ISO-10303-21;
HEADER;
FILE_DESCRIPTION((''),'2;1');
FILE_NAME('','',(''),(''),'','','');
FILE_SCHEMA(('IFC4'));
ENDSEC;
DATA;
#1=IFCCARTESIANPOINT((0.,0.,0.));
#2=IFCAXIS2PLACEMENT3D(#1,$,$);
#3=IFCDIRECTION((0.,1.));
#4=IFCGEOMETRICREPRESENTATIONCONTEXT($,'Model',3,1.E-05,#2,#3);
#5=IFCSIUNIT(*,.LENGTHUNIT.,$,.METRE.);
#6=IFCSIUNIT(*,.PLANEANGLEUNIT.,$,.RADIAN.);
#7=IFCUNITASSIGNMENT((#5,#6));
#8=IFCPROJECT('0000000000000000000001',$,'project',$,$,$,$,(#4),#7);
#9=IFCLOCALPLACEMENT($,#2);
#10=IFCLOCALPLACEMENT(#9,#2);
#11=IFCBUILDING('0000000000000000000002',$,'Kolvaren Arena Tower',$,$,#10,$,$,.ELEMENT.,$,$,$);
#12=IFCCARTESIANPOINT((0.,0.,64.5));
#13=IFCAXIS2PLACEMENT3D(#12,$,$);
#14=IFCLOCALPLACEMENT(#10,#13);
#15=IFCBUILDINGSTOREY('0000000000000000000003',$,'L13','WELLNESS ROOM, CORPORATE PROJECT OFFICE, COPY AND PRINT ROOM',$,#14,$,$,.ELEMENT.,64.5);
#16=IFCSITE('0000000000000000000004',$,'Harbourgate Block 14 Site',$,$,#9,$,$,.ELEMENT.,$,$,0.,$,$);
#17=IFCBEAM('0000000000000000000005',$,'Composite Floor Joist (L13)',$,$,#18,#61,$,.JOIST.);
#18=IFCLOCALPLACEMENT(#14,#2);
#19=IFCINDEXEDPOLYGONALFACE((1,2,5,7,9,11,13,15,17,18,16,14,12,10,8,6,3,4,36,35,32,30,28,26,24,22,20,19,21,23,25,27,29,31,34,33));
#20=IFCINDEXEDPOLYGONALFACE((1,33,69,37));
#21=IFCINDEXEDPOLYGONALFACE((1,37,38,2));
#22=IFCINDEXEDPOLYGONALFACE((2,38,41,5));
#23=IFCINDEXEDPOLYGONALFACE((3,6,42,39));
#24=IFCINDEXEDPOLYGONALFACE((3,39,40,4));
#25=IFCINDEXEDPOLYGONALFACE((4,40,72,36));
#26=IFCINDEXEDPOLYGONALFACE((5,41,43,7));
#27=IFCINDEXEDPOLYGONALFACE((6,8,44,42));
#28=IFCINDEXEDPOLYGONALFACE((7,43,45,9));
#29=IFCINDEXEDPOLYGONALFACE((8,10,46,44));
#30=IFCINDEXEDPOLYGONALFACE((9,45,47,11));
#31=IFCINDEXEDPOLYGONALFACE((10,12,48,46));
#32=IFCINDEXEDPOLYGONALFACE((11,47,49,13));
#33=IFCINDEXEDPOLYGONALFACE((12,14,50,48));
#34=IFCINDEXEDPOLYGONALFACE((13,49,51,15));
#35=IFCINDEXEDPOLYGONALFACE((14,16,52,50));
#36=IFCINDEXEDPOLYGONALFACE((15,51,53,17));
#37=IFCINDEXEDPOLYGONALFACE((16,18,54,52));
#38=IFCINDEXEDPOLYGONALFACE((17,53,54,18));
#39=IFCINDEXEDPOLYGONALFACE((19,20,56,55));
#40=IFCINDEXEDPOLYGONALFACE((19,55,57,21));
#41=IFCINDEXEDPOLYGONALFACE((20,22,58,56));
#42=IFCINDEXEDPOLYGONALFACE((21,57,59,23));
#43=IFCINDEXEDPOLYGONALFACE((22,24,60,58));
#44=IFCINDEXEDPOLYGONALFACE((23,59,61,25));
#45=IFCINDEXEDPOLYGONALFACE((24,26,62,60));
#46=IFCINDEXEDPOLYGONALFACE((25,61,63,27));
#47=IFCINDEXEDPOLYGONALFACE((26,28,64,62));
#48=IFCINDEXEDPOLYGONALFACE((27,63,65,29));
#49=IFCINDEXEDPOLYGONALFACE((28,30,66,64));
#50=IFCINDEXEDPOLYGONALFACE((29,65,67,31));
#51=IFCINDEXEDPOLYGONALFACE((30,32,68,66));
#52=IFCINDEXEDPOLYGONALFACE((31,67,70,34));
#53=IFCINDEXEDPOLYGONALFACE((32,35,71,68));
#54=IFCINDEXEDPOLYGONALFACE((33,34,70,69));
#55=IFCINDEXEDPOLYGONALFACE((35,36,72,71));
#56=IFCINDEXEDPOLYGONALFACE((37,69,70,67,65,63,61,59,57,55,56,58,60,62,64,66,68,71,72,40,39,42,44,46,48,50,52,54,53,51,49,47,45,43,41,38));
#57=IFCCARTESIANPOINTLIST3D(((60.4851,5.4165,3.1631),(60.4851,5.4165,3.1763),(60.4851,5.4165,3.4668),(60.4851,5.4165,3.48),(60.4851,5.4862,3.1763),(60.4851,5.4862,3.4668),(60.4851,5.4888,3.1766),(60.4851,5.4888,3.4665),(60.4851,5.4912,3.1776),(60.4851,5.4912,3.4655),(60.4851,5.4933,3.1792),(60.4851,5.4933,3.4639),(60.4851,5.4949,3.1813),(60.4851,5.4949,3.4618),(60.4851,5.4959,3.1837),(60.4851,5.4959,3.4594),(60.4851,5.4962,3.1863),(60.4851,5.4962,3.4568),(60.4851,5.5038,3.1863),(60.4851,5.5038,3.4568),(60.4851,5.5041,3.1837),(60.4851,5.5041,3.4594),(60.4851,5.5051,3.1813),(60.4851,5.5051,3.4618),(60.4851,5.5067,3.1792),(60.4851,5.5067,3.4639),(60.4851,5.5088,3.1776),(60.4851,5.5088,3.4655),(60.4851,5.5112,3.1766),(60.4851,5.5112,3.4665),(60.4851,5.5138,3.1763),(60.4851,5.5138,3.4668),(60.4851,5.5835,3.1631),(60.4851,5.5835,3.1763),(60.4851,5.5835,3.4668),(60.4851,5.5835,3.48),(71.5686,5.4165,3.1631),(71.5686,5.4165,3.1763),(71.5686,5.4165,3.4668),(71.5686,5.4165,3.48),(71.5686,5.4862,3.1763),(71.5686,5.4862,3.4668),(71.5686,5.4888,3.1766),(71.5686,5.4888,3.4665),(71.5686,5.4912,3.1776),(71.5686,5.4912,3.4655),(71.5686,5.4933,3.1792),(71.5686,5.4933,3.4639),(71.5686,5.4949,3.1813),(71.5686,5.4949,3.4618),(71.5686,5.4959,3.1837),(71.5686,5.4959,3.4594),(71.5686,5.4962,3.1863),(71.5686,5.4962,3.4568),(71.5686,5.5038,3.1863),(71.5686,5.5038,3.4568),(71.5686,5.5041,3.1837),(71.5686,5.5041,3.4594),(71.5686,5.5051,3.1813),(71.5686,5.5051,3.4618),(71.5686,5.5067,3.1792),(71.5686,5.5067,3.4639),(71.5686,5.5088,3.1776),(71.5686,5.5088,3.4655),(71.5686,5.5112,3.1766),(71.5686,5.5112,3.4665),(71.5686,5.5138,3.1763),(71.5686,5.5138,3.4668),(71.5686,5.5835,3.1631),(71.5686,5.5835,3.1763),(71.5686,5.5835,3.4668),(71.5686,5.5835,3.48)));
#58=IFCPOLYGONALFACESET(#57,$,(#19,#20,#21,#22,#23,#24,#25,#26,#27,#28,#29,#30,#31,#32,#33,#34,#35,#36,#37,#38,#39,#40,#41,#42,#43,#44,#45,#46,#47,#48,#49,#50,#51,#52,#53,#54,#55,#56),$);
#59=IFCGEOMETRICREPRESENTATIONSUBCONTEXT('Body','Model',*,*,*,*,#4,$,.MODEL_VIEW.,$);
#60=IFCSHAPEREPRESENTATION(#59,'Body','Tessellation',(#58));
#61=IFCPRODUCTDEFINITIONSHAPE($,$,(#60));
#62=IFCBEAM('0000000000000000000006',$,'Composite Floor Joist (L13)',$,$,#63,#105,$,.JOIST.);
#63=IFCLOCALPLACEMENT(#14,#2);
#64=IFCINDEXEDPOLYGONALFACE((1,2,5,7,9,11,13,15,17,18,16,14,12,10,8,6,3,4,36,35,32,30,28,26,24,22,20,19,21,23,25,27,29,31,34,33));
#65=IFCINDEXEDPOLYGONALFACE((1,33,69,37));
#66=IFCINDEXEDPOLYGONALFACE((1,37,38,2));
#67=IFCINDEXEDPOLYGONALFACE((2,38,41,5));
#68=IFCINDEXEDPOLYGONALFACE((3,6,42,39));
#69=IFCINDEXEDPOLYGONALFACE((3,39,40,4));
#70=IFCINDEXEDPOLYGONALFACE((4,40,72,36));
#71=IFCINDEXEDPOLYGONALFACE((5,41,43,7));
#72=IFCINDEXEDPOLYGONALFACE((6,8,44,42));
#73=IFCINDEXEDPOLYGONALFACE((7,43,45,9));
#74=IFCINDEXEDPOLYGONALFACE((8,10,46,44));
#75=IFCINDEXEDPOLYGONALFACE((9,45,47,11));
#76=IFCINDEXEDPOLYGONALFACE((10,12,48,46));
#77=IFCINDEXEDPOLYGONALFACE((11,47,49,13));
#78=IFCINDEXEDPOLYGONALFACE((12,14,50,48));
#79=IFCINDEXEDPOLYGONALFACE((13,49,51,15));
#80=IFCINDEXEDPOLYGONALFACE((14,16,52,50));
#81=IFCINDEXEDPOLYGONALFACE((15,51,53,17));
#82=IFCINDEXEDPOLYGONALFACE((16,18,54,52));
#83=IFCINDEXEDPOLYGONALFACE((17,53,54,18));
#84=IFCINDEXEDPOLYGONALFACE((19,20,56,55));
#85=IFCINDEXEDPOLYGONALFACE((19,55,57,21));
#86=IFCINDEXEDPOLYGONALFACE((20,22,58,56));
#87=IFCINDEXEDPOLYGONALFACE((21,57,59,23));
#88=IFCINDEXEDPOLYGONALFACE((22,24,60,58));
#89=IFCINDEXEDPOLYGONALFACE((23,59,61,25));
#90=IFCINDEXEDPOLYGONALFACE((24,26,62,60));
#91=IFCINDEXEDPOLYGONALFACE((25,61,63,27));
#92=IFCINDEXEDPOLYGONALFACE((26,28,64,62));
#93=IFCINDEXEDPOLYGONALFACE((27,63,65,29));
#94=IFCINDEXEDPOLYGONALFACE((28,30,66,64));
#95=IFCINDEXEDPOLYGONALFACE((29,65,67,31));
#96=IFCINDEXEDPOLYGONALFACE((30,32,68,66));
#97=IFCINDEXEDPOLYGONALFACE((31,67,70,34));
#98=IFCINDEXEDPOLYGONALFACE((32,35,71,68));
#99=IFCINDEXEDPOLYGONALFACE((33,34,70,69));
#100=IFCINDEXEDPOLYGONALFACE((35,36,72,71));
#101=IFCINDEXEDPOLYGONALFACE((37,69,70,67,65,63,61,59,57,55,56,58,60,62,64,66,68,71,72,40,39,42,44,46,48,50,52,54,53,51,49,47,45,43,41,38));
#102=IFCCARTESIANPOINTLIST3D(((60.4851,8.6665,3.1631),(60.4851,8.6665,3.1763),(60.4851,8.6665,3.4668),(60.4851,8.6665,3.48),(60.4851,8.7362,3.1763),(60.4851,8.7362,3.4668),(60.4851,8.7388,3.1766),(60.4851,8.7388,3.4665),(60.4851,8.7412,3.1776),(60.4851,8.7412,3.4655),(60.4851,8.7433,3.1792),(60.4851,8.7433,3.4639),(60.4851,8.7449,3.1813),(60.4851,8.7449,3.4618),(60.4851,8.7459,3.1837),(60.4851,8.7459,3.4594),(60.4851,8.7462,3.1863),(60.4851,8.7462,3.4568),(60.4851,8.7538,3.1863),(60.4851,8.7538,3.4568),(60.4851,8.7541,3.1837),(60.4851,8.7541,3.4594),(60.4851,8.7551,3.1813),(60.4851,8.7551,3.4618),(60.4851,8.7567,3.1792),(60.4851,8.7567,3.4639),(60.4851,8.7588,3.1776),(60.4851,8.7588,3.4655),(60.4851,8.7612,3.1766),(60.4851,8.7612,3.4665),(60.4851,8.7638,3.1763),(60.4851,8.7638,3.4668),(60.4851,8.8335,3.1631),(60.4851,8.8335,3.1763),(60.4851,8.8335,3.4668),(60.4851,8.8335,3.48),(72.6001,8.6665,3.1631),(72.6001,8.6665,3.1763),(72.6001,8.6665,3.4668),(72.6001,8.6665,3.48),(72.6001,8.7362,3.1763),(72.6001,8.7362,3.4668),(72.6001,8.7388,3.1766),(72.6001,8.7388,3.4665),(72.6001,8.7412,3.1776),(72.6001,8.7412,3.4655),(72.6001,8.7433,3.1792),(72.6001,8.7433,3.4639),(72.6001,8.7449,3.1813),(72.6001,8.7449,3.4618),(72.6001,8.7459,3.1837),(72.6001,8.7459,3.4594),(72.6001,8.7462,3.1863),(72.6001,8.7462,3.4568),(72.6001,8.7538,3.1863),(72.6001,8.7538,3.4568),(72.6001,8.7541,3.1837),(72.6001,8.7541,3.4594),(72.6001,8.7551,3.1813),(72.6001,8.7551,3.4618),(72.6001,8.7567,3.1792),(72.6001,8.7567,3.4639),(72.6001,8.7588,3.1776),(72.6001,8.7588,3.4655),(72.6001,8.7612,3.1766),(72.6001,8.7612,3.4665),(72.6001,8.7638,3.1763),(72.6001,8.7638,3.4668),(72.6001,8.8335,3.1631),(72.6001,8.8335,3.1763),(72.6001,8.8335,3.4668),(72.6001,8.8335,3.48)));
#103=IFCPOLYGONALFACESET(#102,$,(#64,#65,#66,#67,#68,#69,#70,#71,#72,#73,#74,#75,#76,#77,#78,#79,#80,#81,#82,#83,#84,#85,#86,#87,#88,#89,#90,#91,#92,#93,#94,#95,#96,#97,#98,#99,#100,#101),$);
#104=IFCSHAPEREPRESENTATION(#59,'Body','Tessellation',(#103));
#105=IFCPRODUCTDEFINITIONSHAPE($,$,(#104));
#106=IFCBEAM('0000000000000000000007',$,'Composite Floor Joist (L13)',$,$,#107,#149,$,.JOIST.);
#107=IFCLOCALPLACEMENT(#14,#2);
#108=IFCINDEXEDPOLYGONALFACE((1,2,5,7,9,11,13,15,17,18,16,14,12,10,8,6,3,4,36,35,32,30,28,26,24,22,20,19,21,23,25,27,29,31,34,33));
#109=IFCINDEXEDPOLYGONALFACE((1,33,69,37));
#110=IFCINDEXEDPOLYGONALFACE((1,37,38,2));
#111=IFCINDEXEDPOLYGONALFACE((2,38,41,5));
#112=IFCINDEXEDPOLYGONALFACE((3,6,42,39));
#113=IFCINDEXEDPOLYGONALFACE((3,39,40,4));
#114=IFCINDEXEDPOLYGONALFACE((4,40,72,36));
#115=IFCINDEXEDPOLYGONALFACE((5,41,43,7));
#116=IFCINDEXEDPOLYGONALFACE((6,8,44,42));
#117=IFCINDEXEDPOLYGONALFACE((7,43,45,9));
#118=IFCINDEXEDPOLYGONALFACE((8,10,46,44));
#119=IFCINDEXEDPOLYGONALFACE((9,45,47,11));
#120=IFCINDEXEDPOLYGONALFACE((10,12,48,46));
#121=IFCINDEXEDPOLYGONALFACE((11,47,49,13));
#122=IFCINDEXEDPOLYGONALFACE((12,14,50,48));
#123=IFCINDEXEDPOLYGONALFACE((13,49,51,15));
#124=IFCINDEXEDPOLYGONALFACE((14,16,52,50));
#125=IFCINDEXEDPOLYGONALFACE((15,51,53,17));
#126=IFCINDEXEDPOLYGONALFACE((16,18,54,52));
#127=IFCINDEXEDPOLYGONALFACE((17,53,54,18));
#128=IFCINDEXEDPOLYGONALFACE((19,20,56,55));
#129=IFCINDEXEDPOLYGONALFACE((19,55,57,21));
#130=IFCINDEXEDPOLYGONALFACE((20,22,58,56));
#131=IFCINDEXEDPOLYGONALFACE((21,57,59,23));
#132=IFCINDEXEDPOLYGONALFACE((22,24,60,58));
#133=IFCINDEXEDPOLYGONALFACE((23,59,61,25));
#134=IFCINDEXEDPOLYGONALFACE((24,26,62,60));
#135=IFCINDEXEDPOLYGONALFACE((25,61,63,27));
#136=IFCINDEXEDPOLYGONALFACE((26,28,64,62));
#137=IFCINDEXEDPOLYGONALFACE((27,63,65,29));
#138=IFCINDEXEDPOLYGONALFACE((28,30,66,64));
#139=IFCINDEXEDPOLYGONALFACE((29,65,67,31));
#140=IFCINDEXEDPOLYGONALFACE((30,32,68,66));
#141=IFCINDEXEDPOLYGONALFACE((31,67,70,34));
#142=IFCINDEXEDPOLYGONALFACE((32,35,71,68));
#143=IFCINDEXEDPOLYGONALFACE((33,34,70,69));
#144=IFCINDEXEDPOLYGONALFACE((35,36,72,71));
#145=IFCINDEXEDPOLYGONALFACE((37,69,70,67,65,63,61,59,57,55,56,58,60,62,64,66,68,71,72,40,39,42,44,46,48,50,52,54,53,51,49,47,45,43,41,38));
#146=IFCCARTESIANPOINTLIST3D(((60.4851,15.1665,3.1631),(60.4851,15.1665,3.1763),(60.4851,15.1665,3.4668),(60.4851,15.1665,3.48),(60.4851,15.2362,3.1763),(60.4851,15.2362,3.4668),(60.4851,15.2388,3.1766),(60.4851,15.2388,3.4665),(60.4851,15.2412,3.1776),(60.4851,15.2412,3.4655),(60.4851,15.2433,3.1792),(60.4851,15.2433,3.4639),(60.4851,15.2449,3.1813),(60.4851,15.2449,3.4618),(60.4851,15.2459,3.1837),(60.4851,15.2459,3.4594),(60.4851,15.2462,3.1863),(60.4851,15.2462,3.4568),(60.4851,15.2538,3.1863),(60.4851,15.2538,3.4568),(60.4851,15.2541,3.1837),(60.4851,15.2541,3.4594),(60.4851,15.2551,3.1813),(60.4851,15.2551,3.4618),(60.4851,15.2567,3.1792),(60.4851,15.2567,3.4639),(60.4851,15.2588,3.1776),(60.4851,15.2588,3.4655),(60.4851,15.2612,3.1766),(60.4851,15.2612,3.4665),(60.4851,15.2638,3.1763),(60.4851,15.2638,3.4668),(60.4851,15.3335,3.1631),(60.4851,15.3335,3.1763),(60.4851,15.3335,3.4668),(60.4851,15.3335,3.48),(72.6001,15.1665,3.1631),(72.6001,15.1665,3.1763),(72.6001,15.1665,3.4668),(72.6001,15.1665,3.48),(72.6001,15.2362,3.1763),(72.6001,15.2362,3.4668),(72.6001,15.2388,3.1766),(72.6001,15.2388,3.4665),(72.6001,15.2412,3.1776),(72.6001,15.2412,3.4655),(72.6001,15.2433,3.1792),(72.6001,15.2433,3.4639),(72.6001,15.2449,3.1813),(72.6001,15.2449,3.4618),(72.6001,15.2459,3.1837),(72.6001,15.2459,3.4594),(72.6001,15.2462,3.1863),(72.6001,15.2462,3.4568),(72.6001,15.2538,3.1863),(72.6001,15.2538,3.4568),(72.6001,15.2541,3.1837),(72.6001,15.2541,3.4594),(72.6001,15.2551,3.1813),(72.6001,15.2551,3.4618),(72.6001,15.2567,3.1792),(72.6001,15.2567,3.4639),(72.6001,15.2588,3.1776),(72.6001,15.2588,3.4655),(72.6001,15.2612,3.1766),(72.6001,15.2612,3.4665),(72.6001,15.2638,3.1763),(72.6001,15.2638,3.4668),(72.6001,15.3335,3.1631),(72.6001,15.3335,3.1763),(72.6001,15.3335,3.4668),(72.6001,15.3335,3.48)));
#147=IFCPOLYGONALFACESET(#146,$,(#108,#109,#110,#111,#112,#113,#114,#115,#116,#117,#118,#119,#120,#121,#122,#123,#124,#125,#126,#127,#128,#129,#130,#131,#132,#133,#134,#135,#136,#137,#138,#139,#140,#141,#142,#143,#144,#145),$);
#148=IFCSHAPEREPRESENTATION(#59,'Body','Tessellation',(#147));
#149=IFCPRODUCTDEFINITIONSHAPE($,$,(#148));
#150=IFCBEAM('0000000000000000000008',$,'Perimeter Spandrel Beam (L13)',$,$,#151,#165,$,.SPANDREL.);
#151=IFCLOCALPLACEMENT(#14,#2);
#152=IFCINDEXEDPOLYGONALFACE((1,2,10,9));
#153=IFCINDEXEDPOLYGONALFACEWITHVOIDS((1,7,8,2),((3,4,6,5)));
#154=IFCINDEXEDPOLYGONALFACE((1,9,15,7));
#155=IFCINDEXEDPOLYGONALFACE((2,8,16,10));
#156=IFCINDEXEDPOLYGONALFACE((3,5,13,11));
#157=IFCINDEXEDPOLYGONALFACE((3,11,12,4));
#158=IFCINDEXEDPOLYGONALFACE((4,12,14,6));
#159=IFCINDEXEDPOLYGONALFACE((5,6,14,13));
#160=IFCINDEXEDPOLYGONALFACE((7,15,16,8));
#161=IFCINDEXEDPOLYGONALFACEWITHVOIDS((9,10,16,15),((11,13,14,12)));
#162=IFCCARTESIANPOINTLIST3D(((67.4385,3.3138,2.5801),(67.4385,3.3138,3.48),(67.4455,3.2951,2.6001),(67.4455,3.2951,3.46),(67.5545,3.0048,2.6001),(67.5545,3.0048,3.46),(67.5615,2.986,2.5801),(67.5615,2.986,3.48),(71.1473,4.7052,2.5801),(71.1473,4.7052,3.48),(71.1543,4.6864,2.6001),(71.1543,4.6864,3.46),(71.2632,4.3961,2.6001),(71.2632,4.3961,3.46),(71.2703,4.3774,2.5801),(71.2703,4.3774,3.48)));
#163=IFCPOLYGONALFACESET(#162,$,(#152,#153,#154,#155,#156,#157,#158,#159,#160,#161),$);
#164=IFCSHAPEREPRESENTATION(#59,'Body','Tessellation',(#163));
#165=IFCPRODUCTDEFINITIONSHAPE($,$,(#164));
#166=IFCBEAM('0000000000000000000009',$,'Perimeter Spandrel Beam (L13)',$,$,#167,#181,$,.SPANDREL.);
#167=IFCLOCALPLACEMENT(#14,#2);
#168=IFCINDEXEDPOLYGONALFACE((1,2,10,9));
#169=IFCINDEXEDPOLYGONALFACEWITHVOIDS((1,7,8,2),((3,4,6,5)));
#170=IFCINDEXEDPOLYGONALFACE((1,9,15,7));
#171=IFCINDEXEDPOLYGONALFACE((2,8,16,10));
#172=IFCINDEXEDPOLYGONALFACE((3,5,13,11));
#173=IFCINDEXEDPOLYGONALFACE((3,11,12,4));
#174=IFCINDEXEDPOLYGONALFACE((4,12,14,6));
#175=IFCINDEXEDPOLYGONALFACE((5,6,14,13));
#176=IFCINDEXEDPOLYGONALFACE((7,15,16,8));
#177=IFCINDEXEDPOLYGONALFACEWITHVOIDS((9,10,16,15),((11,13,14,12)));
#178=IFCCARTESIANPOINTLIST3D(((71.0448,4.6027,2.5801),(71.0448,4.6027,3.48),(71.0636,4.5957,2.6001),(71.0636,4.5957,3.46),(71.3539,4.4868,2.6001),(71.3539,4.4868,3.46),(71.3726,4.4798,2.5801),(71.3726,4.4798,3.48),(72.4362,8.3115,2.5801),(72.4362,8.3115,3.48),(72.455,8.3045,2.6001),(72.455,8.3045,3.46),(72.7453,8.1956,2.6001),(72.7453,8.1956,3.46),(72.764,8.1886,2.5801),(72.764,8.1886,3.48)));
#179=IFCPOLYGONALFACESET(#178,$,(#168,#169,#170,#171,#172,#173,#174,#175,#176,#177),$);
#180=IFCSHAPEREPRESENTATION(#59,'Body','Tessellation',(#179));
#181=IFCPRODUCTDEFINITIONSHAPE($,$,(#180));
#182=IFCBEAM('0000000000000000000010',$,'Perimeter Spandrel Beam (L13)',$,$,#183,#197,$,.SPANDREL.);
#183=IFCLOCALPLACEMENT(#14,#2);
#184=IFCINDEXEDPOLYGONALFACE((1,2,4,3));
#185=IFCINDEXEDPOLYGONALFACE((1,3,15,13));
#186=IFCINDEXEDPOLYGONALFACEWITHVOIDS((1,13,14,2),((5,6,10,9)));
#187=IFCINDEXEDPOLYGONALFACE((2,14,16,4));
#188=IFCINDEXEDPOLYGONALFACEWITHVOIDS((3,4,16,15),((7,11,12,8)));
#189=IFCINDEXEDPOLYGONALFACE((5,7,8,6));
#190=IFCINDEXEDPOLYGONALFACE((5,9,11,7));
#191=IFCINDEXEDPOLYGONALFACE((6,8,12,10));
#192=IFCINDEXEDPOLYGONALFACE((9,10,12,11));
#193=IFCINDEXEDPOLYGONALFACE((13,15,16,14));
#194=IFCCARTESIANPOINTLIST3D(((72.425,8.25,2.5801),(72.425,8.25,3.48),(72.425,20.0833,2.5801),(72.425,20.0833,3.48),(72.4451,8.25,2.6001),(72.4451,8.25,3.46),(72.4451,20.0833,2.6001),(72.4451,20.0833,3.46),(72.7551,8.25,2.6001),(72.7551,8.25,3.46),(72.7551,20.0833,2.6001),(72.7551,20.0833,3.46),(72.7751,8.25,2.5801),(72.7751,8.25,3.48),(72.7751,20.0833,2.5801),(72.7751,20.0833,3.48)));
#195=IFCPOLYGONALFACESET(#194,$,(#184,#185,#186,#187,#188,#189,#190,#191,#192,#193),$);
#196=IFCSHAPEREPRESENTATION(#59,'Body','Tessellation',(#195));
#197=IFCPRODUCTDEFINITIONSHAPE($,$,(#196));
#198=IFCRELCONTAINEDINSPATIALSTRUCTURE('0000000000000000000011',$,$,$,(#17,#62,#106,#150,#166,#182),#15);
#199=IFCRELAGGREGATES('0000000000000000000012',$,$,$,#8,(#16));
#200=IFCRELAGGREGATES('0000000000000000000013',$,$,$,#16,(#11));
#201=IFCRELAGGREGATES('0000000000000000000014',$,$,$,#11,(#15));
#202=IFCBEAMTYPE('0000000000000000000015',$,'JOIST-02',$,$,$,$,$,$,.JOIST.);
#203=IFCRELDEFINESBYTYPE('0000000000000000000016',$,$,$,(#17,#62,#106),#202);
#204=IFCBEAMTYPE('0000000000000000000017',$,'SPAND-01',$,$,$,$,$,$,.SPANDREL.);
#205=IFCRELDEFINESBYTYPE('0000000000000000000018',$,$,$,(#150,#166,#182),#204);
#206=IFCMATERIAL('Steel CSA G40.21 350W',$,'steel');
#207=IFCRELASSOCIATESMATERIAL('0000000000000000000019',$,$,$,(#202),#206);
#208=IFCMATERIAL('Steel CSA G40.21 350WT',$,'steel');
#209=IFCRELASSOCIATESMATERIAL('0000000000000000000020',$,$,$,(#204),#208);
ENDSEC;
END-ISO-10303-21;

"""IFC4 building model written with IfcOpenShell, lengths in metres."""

from ifc_helpers import new_model, si_unit, direction, frame, origin, origin_2d, place, context, subcontext, project, spatial, hollow_rectangle, i_section, extrude, material, material_profile, profile_set, type_object, element, save


model = new_model("IFC4")

# Units and contexts
model_context = context("Model", 3, precision=1e-05, world=origin(), true_north=direction((0.0, 1.0)))
body_context = subcontext(model_context, "Body", "Model", "MODEL_VIEW")
ifc_project = project(units=[si_unit("LENGTHUNIT", "METRE"), si_unit("PLANEANGLEUNIT", "RADIAN")], contexts=[model_context])

# Site, building, storey
site_placement = place(None, origin())
site = spatial("IfcSite", under=ifc_project, at=site_placement, Name="Harbourgate Block 14 Site", CompositionType="ELEMENT", RefElevation=0.0)
building_placement = place(site_placement, origin())
building = spatial("IfcBuilding", under=site, at=building_placement, Name="Kolvaren Arena Tower", CompositionType="ELEMENT")
storey_placement = place(building_placement, frame((0.0, 0.0, 64.5)))
storey = spatial("IfcBuildingStorey", under=building, at=storey_placement, Name="L13", Description="WELLNESS ROOM, CORPORATE PROJECT OFFICE, COPY AND PRINT ROOM", CompositionType="ELEMENT", Elevation=64.5)

# Beams
ifc_material_1 = material(Name="Steel CSA G40.21 350W", Category="steel")
ifc_material_profile_1 = material_profile(ifc_material_1, i_section(OverallWidth=0.167, OverallDepth=0.3169, WebThickness=0.0076, FlangeThickness=0.0132, FilletRadius=0.01, at=origin_2d()), Name="W310x52")
ifc_profile_set_1 = profile_set([ifc_material_profile_1], Name="Steel CSA G40.21 350W")
beam_type_1 = type_object("IfcBeamType", Name="JOIST-02", PredefinedType="JOIST", material=ifc_profile_set_1)
beam_1_placement = place(storey_placement, frame((60.4851, 5.5, 3.3215), z_axis=(1.0, 0.0, 0.0), x_axis=(0.0, 1.0, 0.0)))
element("IfcBeam", 1, at=beam_1_placement, inside=storey, type_object=beam_type_1, Name="Composite Floor Joist (L13)", PredefinedType="JOIST", context=body_context, shape_type="SweptSolid", body=[
    extrude(i_section(OverallWidth=0.167, OverallDepth=0.3169, WebThickness=0.0076, FlangeThickness=0.0132, FilletRadius=0.01, at=origin_2d()), origin(), (0.0, 0.0, 1.0), 11.0835),
])
for number, where, z_axis, x_axis, name in (
    (2, (60.4851, 8.75, 3.3215), (1.0, 0.0, 0.0), (0.0, 1.0, 0.0), "Composite Floor Joist (L13)"),
    (3, (60.4851, 15.25, 3.3215), (1.0, 0.0, 0.0), (0.0, 1.0, 0.0), "Composite Floor Joist (L13)"),
):
    element("IfcBeam", number, at=place(storey_placement, frame(where, z_axis=z_axis, x_axis=x_axis)), inside=storey, type_object=beam_type_1, Name=name, PredefinedType="JOIST", context=body_context, shape_type="SweptSolid", body=[
        extrude(i_section(OverallWidth=0.167, OverallDepth=0.3169, WebThickness=0.0076, FlangeThickness=0.0132, FilletRadius=0.01, at=origin_2d()), origin(), (0.0, 0.0, 1.0), 12.115),
    ])
ifc_material_2 = material(Name="Steel CSA G40.21 350WT", Category="steel")
ifc_material_profile_2 = material_profile(ifc_material_2, hollow_rectangle(XDim=0.3501, YDim=0.8999, WallThickness=0.02, at=origin_2d()), Name="HSS 900x350x20")
ifc_profile_set_2 = profile_set([ifc_material_profile_2], Name="Steel CSA G40.21 350WT")
beam_type_2 = type_object("IfcBeamType", Name="SPAND-01", PredefinedType="SPANDREL", material=ifc_profile_set_2)
for number, where, z_axis, x_axis, name in (
    (4, (67.5, 3.1499, 3.03), (0.936281, 0.351252, 0.0), (-0.351252, 0.936281, 0.0), "Perimeter Spandrel Beam (L13)"),
    (5, (71.2087, 4.5413, 3.03), (0.351252, 0.936281, 0.0), (-0.936281, 0.351252, 0.0), "Perimeter Spandrel Beam (L13)"),
):
    element("IfcBeam", number, at=place(storey_placement, frame(where, z_axis=z_axis, x_axis=x_axis)), inside=storey, type_object=beam_type_2, Name=name, PredefinedType="SPANDREL", context=body_context, shape_type="SweptSolid", body=[
        extrude(hollow_rectangle(XDim=0.3501, YDim=0.8999, WallThickness=0.02, at=origin_2d()), origin(), (0.0, 0.0, 1.0), 3.9612),
    ])
beam_2_placement = place(storey_placement, frame((72.6001, 8.25, 3.03), z_axis=(0.0, 1.0, 0.0), x_axis=(-1.0, 0.0, 0.0)))
element("IfcBeam", 6, at=beam_2_placement, inside=storey, type_object=beam_type_2, Name="Perimeter Spandrel Beam (L13)", PredefinedType="SPANDREL", context=body_context, shape_type="SweptSolid", body=[
    extrude(hollow_rectangle(XDim=0.3501, YDim=0.8999, WallThickness=0.02, at=origin_2d()), origin(), (0.0, 0.0, 1.0), 11.8333),
])

save(model, "model.ifc")
